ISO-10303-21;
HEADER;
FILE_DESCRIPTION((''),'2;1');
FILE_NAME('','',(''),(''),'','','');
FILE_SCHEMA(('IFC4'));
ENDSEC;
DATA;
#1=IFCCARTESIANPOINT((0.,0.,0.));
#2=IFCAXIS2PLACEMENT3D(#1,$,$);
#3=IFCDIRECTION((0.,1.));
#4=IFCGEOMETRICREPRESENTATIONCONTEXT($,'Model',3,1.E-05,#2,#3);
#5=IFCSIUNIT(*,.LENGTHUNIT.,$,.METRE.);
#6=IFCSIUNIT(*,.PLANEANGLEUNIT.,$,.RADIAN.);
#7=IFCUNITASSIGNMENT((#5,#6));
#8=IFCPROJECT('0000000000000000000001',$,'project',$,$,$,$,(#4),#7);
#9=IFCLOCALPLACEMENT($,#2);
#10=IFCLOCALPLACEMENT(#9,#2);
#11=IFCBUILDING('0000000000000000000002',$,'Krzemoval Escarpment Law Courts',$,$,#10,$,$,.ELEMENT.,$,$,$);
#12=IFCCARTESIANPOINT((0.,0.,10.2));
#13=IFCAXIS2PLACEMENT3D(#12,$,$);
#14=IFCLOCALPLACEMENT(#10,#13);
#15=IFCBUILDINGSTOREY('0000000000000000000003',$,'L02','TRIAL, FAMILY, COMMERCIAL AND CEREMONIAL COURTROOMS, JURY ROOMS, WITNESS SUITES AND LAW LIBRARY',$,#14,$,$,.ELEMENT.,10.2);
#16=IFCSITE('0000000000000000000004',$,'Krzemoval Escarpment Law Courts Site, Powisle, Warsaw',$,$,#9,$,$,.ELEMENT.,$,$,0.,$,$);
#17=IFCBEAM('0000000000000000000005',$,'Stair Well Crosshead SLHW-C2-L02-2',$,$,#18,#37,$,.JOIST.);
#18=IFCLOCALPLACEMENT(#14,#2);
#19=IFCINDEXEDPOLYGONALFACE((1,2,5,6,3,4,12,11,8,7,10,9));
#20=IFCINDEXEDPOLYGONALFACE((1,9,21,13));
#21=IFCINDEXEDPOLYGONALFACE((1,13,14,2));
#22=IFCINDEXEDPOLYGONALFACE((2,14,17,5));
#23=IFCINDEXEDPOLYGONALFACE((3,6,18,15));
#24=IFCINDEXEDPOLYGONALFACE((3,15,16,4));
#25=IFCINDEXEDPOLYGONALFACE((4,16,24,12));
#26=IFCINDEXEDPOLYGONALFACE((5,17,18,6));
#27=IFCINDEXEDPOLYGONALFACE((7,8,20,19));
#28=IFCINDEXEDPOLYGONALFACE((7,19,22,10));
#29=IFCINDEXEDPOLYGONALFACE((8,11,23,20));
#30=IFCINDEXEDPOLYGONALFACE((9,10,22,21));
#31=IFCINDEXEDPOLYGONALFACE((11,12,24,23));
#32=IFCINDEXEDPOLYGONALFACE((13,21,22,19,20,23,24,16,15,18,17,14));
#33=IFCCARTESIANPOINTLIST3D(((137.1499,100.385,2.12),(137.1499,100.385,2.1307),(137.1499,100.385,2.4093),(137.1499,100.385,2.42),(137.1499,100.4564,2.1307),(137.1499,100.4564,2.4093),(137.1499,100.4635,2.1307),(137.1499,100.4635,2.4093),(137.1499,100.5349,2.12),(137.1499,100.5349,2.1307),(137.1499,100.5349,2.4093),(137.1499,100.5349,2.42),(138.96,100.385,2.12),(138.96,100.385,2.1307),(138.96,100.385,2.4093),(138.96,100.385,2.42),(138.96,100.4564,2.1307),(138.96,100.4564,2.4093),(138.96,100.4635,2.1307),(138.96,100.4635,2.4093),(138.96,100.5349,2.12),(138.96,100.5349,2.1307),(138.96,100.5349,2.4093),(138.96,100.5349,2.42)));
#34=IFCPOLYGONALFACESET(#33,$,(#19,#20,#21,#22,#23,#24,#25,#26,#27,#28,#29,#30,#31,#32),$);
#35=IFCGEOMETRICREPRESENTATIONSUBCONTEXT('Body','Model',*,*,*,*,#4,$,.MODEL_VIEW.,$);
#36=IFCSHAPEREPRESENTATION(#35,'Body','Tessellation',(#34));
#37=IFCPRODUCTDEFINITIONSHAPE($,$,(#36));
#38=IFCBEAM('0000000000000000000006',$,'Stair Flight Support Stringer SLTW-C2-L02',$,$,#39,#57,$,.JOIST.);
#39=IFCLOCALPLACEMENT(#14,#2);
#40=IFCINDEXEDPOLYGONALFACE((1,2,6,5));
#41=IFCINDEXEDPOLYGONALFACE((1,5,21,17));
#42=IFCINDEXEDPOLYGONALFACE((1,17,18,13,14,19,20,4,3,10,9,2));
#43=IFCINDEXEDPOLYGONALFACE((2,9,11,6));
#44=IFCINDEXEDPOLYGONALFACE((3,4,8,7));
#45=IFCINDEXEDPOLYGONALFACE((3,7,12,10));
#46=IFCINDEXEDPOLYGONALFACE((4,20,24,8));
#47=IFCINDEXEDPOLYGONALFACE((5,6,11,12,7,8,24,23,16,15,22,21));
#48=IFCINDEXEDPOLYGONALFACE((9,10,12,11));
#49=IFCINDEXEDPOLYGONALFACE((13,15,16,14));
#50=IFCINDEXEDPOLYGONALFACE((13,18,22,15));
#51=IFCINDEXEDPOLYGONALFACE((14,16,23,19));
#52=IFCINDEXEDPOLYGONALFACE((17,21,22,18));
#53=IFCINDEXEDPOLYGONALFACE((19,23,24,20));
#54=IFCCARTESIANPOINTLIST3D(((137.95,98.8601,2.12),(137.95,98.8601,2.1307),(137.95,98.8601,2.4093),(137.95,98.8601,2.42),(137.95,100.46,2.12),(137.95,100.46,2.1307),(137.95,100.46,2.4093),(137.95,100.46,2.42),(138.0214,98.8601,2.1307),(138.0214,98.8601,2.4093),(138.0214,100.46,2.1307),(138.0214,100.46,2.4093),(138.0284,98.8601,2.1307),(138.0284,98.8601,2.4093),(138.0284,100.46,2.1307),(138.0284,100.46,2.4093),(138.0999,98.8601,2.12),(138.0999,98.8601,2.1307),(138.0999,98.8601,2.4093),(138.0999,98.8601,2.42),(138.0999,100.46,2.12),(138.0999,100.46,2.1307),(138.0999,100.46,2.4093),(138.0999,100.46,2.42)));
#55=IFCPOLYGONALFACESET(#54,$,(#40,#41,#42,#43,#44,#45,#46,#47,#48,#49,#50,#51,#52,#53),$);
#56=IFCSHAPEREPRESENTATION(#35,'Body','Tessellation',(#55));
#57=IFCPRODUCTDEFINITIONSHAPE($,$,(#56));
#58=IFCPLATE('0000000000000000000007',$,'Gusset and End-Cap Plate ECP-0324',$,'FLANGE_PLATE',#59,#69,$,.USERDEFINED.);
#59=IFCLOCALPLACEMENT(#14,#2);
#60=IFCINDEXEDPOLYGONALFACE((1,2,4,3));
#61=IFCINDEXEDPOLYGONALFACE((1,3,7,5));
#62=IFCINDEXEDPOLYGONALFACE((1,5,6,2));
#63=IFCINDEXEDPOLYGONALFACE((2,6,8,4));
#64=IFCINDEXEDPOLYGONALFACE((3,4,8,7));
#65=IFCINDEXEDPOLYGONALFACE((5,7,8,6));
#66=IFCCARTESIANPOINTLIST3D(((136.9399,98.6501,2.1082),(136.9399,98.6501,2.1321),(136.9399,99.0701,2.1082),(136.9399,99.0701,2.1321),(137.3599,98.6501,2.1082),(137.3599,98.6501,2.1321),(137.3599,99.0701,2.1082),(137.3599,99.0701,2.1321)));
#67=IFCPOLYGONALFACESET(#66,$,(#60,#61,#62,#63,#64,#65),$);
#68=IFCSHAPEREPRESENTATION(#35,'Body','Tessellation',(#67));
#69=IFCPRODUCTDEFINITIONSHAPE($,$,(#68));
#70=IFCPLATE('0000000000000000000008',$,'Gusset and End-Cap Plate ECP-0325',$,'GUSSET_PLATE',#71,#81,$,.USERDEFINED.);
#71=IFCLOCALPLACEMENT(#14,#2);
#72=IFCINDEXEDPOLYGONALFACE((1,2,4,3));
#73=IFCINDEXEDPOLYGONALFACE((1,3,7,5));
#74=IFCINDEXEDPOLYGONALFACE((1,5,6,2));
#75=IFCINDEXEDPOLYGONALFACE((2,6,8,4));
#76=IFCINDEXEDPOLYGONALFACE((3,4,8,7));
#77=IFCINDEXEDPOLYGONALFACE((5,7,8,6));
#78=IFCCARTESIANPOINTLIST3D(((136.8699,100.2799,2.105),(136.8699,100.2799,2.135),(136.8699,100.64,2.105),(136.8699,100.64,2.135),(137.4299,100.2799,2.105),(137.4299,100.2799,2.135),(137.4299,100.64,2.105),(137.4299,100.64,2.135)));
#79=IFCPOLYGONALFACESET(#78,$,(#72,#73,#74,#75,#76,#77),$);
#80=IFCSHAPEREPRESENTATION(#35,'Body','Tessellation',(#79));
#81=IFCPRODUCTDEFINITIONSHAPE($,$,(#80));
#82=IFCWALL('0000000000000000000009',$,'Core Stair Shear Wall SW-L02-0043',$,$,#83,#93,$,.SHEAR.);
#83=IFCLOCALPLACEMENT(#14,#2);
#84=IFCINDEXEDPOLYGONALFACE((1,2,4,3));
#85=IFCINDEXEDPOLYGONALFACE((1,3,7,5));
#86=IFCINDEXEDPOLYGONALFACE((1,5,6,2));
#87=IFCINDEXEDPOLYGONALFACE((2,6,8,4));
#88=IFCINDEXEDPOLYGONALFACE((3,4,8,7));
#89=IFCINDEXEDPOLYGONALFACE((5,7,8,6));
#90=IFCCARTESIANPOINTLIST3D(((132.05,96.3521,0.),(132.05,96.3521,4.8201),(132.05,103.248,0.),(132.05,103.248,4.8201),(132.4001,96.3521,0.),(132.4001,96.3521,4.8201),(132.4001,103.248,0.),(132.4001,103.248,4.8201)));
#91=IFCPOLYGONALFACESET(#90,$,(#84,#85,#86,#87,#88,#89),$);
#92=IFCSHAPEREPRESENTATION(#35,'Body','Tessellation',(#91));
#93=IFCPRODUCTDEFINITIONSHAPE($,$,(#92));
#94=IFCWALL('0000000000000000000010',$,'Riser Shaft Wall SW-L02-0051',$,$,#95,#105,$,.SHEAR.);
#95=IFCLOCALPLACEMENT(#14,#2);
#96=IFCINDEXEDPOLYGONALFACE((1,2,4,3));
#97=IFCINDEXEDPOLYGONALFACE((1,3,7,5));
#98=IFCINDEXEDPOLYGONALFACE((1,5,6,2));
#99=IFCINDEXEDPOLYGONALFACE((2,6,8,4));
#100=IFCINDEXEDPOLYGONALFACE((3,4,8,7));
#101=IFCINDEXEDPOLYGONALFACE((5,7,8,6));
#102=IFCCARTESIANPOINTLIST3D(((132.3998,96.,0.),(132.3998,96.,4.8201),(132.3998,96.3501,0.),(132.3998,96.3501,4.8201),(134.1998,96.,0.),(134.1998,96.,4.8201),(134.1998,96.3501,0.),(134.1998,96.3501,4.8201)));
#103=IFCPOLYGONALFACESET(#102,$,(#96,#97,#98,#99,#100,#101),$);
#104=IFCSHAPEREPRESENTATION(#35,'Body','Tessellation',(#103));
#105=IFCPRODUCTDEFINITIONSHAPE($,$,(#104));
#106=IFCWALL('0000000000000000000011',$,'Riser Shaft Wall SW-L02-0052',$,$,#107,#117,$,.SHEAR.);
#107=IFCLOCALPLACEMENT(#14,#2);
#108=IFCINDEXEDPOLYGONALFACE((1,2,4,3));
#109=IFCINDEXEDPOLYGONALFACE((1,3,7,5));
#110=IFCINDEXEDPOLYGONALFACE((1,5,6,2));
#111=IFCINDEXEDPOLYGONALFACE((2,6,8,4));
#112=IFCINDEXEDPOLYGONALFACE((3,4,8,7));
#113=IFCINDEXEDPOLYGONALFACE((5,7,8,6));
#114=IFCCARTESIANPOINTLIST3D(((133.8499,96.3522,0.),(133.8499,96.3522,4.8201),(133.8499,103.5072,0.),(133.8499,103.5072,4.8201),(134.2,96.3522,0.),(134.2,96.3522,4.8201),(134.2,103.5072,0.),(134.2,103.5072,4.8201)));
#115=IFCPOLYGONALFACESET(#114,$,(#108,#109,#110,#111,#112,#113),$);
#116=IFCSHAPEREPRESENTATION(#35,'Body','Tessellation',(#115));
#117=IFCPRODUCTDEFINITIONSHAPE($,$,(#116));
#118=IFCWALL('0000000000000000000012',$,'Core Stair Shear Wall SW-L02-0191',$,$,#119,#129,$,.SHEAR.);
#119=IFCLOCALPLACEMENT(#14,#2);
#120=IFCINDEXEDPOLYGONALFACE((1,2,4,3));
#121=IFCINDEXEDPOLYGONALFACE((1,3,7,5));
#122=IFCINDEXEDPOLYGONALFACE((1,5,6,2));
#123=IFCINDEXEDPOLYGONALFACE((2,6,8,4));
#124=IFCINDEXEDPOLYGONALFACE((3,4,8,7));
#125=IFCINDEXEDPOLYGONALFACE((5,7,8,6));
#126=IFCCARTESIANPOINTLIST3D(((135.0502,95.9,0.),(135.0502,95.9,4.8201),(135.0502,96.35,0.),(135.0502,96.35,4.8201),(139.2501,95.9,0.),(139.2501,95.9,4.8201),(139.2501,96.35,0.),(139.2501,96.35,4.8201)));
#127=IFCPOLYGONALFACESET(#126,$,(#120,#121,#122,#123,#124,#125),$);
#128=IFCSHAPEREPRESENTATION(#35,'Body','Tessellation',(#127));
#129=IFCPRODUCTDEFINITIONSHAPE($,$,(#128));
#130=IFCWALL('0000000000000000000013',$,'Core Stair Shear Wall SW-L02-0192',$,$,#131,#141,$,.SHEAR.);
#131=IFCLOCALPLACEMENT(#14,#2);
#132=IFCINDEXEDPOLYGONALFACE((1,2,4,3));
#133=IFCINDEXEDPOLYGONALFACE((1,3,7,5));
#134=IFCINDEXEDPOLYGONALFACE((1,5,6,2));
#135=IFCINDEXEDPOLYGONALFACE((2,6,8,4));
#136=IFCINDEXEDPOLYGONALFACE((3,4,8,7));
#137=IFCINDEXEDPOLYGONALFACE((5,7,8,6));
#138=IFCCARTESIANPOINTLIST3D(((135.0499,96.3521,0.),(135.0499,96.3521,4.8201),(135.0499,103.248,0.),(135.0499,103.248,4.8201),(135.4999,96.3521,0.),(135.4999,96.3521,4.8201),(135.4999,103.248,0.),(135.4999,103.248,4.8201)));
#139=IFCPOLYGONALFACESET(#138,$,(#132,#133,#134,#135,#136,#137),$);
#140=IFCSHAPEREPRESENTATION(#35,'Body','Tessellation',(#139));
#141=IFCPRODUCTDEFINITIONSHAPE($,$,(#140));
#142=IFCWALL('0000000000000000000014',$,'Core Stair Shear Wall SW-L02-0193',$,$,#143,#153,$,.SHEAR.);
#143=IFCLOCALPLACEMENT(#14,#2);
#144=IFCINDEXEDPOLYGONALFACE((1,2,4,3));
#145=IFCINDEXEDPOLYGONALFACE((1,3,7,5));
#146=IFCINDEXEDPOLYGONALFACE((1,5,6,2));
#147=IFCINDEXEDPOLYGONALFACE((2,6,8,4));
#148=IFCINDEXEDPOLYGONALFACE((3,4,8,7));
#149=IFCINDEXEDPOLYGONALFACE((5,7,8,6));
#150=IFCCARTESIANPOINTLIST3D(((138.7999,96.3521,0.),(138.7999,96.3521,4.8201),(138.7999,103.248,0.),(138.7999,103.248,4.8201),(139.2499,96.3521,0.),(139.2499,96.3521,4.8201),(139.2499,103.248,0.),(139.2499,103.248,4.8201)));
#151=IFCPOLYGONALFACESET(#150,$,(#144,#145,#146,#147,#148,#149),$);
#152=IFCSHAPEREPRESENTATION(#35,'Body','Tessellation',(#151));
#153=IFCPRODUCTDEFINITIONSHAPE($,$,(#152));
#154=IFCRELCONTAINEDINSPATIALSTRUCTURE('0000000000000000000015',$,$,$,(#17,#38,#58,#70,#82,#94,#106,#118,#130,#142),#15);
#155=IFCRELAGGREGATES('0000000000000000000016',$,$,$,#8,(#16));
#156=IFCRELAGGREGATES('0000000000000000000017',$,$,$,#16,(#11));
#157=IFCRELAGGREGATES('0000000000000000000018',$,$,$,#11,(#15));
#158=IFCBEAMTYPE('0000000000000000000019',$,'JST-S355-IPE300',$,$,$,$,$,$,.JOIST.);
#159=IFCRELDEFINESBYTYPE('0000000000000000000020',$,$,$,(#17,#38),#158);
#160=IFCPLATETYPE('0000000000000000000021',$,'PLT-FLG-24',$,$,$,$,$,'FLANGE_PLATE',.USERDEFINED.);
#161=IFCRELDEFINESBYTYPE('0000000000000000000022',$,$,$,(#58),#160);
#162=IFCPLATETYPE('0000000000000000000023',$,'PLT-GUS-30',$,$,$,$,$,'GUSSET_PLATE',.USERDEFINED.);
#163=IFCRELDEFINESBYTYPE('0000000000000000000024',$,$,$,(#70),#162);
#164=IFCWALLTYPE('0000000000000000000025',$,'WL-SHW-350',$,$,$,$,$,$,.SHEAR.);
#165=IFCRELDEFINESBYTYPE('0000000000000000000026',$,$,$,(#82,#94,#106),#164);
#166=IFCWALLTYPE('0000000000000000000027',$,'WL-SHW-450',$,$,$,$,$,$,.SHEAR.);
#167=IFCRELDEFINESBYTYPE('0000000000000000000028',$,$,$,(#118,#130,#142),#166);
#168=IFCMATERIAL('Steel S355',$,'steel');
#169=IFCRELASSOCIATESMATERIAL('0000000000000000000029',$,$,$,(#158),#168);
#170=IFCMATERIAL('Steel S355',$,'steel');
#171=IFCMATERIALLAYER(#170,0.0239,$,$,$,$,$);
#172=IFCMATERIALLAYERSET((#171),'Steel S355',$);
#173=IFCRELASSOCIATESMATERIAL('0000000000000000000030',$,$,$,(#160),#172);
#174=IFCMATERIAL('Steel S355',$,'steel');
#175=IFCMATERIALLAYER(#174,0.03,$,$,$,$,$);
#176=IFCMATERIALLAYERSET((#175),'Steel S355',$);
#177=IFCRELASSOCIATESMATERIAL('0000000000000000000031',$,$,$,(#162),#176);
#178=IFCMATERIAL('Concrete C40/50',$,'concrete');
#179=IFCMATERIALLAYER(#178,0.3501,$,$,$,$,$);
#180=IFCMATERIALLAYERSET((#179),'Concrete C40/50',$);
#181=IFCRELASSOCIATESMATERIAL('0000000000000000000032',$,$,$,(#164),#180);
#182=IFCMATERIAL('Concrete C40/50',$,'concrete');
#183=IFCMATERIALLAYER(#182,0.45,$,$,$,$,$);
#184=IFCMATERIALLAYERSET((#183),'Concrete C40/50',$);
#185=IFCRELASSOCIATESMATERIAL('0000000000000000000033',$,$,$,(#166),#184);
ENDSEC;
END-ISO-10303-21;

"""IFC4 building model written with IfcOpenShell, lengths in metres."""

from ifc_helpers import new_model, si_unit, direction, frame, frame_2d, origin, origin_2d, place, context, subcontext, project, spatial, rectangle, i_section, extrude, material, layer, layer_set, material_profile, profile_set, type_object, element, save


model = new_model("IFC4")

# Units and contexts
model_context = context("Model", 3, precision=1e-05, world=origin(), true_north=direction((0.0, 1.0)))
body_context = subcontext(model_context, "Body", "Model", "MODEL_VIEW")
ifc_project = project(units=[si_unit("LENGTHUNIT", "METRE"), si_unit("PLANEANGLEUNIT", "RADIAN")], contexts=[model_context])

# Site, building, storey
site_placement = place(None, origin())
site = spatial("IfcSite", under=ifc_project, at=site_placement, Name="Krzemoval Escarpment Law Courts Site, Powisle, Warsaw", CompositionType="ELEMENT", RefElevation=0.0)
building_placement = place(site_placement, origin())
building = spatial("IfcBuilding", under=site, at=building_placement, Name="Krzemoval Escarpment Law Courts", CompositionType="ELEMENT")
storey_placement = place(building_placement, frame((0.0, 0.0, 10.2)))
storey = spatial("IfcBuildingStorey", under=building, at=storey_placement, Name="L02", Description="TRIAL, FAMILY, COMMERCIAL AND CEREMONIAL COURTROOMS, JURY ROOMS, WITNESS SUITES AND LAW LIBRARY", CompositionType="ELEMENT", Elevation=10.2)

# Beams
ifc_material_1 = material(Name="Steel S355", Category="steel")
ifc_material_profile_1 = material_profile(ifc_material_1, i_section(OverallWidth=0.1499, OverallDepth=0.3, WebThickness=0.0071, FlangeThickness=0.0107, at=origin_2d()), Name="IPE 300")
ifc_profile_set_1 = profile_set([ifc_material_profile_1], Name="Steel S355")
beam_type_1 = type_object("IfcBeamType", Name="JST-S355-IPE300", PredefinedType="JOIST", material=ifc_profile_set_1)
for number, where, z_axis, x_axis, name in (
    (1, (137.1499, 100.46, 2.27), (1.0, 0.0, 0.0), (0.0, 1.0, 0.0), "Stair Well Crosshead SLHW-C2-L02-2"),
):
    element("IfcBeam", number, at=place(storey_placement, frame(where, z_axis=z_axis, x_axis=x_axis)), inside=storey, type_object=beam_type_1, Name=name, PredefinedType="JOIST", context=body_context, shape_type="SweptSolid", body=[
        extrude(i_section(OverallWidth=0.1499, OverallDepth=0.3, WebThickness=0.0071, FlangeThickness=0.0107, at=origin_2d()), origin(), (0.0, 0.0, 1.0), 1.8101),
    ])
beam_1_placement = place(storey_placement, frame((138.0249, 98.8601, 2.27), z_axis=(0.0, 1.0, 0.0), x_axis=(-1.0, 0.0, 0.0)))
element("IfcBeam", 2, at=beam_1_placement, inside=storey, type_object=beam_type_1, Name="Stair Flight Support Stringer SLTW-C2-L02", PredefinedType="JOIST", context=body_context, shape_type="SweptSolid", body=[
    extrude(i_section(OverallWidth=0.1499, OverallDepth=0.3, WebThickness=0.0071, FlangeThickness=0.0107, at=origin_2d()), origin(), (0.0, 0.0, 1.0), 1.5999),
])

# Plates
ifc_material_2 = material(Name="Steel S355", Category="steel")
ifc_layer_1 = layer(ifc_material_2, 0.0239)
ifc_layer_set_1 = layer_set([ifc_layer_1], Name="Steel S355")
plate_type_1 = type_object("IfcPlateType", Name="PLT-FLG-24", ElementType="FLANGE_PLATE", PredefinedType="USERDEFINED", material=ifc_layer_set_1)
plate_1_placement = place(storey_placement, frame((137.1499, 98.8601, 2.1082), z_axis=(0.0, 0.0, 1.0), x_axis=(1.0, 0.0, 0.0)))
element("IfcPlate", 3, at=plate_1_placement, inside=storey, type_object=plate_type_1, Name="Gusset and End-Cap Plate ECP-0324", ObjectType="FLANGE_PLATE", PredefinedType="USERDEFINED", context=body_context, shape_type="SweptSolid", body=[
    extrude(rectangle(XDim=0.4199, YDim=0.4199, at=origin_2d()), origin(), (0.0, 0.0, 1.0), 0.0239),
])
ifc_material_3 = material(Name="Steel S355", Category="steel")
ifc_layer_2 = layer(ifc_material_3, 0.03)
ifc_layer_set_2 = layer_set([ifc_layer_2], Name="Steel S355")
plate_type_2 = type_object("IfcPlateType", Name="PLT-GUS-30", ElementType="GUSSET_PLATE", PredefinedType="USERDEFINED", material=ifc_layer_set_2)
plate_2_placement = place(storey_placement, frame((137.1499, 100.46, 2.105), z_axis=(0.0, 0.0, 1.0), x_axis=(1.0, 0.0, 0.0)))
element("IfcPlate", 4, at=plate_2_placement, inside=storey, type_object=plate_type_2, Name="Gusset and End-Cap Plate ECP-0325", ObjectType="GUSSET_PLATE", PredefinedType="USERDEFINED", context=body_context, shape_type="SweptSolid", body=[
    extrude(rectangle(XDim=0.5601, YDim=0.3601, at=origin_2d()), origin(), (0.0, 0.0, 1.0), 0.03),
])

# Walls
ifc_material_4 = material(Name="Concrete C40/50", Category="concrete")
ifc_layer_3 = layer(ifc_material_4, 0.3501)
ifc_layer_set_3 = layer_set([ifc_layer_3], Name="Concrete C40/50")
wall_type_1 = type_object("IfcWallType", Name="WL-SHW-350", PredefinedType="SHEAR", material=ifc_layer_set_3)
wall_1_placement = place(storey_placement, frame((132.2251, 96.3521, 0.0), z_axis=(0.0, 0.0, 1.0), x_axis=(0.0, 1.0, 0.0)))
element("IfcWall", 5, at=wall_1_placement, inside=storey, type_object=wall_type_1, Name="Core Stair Shear Wall SW-L02-0043", PredefinedType="SHEAR", context=body_context, shape_type="SweptSolid", body=[
    extrude(rectangle(XDim=6.896, YDim=0.3501, at=frame_2d((3.448, 0.0))), origin(), (0.0, 0.0, 1.0), 4.8201),
])
wall_2_placement = place(storey_placement, frame((132.3999, 96.175, 0.0), z_axis=(0.0, 0.0, 1.0), x_axis=(1.0, 0.0, 0.0)))
element("IfcWall", 6, at=wall_2_placement, inside=storey, type_object=wall_type_1, Name="Riser Shaft Wall SW-L02-0051", PredefinedType="SHEAR", context=body_context, shape_type="SweptSolid", body=[
    extrude(rectangle(XDim=1.8, YDim=0.3501, at=frame_2d((0.8999, 0.0))), origin(), (0.0, 0.0, 1.0), 4.8201),
])
wall_3_placement = place(storey_placement, frame((134.0249, 96.3521, 0.0), z_axis=(0.0, 0.0, 1.0), x_axis=(0.0, 1.0, 0.0)))
element("IfcWall", 7, at=wall_3_placement, inside=storey, type_object=wall_type_1, Name="Riser Shaft Wall SW-L02-0052", PredefinedType="SHEAR", context=body_context, shape_type="SweptSolid", body=[
    extrude(rectangle(XDim=7.155, YDim=0.3501, at=frame_2d((3.5776, 0.0))), origin(), (0.0, 0.0, 1.0), 4.8201),
])
ifc_material_5 = material(Name="Concrete C40/50", Category="concrete")
ifc_layer_4 = layer(ifc_material_5, 0.45)
ifc_layer_set_4 = layer_set([ifc_layer_4], Name="Concrete C40/50")
wall_type_2 = type_object("IfcWallType", Name="WL-SHW-450", PredefinedType="SHEAR", material=ifc_layer_set_4)
wall_4_placement = place(storey_placement, frame((135.05, 96.125, 0.0), z_axis=(0.0, 0.0, 1.0), x_axis=(1.0, 0.0, 0.0)))
element("IfcWall", 8, at=wall_4_placement, inside=storey, type_object=wall_type_2, Name="Core Stair Shear Wall SW-L02-0191", PredefinedType="SHEAR", context=body_context, shape_type="SweptSolid", body=[
    extrude(rectangle(XDim=4.2, YDim=0.45, at=frame_2d((2.1001, 0.0))), origin(), (0.0, 0.0, 1.0), 4.8201),
])
for number, where, z_axis, x_axis, name in (
    (9, (135.2749, 96.3521, 0.0), (0.0, 0.0, 1.0), (0.0, 1.0, 0.0), "Core Stair Shear Wall SW-L02-0192"),
    (10, (139.0249, 96.3521, 0.0), (0.0, 0.0, 1.0), (0.0, 1.0, 0.0), "Core Stair Shear Wall SW-L02-0193"),
):
    element("IfcWall", number, at=place(storey_placement, frame(where, z_axis=z_axis, x_axis=x_axis)), inside=storey, type_object=wall_type_2, Name=name, PredefinedType="SHEAR", context=body_context, shape_type="SweptSolid", body=[
        extrude(rectangle(XDim=6.896, YDim=0.45, at=frame_2d((3.448, 0.0))), origin(), (0.0, 0.0, 1.0), 4.8201),
    ])

save(model, "model.ifc")
